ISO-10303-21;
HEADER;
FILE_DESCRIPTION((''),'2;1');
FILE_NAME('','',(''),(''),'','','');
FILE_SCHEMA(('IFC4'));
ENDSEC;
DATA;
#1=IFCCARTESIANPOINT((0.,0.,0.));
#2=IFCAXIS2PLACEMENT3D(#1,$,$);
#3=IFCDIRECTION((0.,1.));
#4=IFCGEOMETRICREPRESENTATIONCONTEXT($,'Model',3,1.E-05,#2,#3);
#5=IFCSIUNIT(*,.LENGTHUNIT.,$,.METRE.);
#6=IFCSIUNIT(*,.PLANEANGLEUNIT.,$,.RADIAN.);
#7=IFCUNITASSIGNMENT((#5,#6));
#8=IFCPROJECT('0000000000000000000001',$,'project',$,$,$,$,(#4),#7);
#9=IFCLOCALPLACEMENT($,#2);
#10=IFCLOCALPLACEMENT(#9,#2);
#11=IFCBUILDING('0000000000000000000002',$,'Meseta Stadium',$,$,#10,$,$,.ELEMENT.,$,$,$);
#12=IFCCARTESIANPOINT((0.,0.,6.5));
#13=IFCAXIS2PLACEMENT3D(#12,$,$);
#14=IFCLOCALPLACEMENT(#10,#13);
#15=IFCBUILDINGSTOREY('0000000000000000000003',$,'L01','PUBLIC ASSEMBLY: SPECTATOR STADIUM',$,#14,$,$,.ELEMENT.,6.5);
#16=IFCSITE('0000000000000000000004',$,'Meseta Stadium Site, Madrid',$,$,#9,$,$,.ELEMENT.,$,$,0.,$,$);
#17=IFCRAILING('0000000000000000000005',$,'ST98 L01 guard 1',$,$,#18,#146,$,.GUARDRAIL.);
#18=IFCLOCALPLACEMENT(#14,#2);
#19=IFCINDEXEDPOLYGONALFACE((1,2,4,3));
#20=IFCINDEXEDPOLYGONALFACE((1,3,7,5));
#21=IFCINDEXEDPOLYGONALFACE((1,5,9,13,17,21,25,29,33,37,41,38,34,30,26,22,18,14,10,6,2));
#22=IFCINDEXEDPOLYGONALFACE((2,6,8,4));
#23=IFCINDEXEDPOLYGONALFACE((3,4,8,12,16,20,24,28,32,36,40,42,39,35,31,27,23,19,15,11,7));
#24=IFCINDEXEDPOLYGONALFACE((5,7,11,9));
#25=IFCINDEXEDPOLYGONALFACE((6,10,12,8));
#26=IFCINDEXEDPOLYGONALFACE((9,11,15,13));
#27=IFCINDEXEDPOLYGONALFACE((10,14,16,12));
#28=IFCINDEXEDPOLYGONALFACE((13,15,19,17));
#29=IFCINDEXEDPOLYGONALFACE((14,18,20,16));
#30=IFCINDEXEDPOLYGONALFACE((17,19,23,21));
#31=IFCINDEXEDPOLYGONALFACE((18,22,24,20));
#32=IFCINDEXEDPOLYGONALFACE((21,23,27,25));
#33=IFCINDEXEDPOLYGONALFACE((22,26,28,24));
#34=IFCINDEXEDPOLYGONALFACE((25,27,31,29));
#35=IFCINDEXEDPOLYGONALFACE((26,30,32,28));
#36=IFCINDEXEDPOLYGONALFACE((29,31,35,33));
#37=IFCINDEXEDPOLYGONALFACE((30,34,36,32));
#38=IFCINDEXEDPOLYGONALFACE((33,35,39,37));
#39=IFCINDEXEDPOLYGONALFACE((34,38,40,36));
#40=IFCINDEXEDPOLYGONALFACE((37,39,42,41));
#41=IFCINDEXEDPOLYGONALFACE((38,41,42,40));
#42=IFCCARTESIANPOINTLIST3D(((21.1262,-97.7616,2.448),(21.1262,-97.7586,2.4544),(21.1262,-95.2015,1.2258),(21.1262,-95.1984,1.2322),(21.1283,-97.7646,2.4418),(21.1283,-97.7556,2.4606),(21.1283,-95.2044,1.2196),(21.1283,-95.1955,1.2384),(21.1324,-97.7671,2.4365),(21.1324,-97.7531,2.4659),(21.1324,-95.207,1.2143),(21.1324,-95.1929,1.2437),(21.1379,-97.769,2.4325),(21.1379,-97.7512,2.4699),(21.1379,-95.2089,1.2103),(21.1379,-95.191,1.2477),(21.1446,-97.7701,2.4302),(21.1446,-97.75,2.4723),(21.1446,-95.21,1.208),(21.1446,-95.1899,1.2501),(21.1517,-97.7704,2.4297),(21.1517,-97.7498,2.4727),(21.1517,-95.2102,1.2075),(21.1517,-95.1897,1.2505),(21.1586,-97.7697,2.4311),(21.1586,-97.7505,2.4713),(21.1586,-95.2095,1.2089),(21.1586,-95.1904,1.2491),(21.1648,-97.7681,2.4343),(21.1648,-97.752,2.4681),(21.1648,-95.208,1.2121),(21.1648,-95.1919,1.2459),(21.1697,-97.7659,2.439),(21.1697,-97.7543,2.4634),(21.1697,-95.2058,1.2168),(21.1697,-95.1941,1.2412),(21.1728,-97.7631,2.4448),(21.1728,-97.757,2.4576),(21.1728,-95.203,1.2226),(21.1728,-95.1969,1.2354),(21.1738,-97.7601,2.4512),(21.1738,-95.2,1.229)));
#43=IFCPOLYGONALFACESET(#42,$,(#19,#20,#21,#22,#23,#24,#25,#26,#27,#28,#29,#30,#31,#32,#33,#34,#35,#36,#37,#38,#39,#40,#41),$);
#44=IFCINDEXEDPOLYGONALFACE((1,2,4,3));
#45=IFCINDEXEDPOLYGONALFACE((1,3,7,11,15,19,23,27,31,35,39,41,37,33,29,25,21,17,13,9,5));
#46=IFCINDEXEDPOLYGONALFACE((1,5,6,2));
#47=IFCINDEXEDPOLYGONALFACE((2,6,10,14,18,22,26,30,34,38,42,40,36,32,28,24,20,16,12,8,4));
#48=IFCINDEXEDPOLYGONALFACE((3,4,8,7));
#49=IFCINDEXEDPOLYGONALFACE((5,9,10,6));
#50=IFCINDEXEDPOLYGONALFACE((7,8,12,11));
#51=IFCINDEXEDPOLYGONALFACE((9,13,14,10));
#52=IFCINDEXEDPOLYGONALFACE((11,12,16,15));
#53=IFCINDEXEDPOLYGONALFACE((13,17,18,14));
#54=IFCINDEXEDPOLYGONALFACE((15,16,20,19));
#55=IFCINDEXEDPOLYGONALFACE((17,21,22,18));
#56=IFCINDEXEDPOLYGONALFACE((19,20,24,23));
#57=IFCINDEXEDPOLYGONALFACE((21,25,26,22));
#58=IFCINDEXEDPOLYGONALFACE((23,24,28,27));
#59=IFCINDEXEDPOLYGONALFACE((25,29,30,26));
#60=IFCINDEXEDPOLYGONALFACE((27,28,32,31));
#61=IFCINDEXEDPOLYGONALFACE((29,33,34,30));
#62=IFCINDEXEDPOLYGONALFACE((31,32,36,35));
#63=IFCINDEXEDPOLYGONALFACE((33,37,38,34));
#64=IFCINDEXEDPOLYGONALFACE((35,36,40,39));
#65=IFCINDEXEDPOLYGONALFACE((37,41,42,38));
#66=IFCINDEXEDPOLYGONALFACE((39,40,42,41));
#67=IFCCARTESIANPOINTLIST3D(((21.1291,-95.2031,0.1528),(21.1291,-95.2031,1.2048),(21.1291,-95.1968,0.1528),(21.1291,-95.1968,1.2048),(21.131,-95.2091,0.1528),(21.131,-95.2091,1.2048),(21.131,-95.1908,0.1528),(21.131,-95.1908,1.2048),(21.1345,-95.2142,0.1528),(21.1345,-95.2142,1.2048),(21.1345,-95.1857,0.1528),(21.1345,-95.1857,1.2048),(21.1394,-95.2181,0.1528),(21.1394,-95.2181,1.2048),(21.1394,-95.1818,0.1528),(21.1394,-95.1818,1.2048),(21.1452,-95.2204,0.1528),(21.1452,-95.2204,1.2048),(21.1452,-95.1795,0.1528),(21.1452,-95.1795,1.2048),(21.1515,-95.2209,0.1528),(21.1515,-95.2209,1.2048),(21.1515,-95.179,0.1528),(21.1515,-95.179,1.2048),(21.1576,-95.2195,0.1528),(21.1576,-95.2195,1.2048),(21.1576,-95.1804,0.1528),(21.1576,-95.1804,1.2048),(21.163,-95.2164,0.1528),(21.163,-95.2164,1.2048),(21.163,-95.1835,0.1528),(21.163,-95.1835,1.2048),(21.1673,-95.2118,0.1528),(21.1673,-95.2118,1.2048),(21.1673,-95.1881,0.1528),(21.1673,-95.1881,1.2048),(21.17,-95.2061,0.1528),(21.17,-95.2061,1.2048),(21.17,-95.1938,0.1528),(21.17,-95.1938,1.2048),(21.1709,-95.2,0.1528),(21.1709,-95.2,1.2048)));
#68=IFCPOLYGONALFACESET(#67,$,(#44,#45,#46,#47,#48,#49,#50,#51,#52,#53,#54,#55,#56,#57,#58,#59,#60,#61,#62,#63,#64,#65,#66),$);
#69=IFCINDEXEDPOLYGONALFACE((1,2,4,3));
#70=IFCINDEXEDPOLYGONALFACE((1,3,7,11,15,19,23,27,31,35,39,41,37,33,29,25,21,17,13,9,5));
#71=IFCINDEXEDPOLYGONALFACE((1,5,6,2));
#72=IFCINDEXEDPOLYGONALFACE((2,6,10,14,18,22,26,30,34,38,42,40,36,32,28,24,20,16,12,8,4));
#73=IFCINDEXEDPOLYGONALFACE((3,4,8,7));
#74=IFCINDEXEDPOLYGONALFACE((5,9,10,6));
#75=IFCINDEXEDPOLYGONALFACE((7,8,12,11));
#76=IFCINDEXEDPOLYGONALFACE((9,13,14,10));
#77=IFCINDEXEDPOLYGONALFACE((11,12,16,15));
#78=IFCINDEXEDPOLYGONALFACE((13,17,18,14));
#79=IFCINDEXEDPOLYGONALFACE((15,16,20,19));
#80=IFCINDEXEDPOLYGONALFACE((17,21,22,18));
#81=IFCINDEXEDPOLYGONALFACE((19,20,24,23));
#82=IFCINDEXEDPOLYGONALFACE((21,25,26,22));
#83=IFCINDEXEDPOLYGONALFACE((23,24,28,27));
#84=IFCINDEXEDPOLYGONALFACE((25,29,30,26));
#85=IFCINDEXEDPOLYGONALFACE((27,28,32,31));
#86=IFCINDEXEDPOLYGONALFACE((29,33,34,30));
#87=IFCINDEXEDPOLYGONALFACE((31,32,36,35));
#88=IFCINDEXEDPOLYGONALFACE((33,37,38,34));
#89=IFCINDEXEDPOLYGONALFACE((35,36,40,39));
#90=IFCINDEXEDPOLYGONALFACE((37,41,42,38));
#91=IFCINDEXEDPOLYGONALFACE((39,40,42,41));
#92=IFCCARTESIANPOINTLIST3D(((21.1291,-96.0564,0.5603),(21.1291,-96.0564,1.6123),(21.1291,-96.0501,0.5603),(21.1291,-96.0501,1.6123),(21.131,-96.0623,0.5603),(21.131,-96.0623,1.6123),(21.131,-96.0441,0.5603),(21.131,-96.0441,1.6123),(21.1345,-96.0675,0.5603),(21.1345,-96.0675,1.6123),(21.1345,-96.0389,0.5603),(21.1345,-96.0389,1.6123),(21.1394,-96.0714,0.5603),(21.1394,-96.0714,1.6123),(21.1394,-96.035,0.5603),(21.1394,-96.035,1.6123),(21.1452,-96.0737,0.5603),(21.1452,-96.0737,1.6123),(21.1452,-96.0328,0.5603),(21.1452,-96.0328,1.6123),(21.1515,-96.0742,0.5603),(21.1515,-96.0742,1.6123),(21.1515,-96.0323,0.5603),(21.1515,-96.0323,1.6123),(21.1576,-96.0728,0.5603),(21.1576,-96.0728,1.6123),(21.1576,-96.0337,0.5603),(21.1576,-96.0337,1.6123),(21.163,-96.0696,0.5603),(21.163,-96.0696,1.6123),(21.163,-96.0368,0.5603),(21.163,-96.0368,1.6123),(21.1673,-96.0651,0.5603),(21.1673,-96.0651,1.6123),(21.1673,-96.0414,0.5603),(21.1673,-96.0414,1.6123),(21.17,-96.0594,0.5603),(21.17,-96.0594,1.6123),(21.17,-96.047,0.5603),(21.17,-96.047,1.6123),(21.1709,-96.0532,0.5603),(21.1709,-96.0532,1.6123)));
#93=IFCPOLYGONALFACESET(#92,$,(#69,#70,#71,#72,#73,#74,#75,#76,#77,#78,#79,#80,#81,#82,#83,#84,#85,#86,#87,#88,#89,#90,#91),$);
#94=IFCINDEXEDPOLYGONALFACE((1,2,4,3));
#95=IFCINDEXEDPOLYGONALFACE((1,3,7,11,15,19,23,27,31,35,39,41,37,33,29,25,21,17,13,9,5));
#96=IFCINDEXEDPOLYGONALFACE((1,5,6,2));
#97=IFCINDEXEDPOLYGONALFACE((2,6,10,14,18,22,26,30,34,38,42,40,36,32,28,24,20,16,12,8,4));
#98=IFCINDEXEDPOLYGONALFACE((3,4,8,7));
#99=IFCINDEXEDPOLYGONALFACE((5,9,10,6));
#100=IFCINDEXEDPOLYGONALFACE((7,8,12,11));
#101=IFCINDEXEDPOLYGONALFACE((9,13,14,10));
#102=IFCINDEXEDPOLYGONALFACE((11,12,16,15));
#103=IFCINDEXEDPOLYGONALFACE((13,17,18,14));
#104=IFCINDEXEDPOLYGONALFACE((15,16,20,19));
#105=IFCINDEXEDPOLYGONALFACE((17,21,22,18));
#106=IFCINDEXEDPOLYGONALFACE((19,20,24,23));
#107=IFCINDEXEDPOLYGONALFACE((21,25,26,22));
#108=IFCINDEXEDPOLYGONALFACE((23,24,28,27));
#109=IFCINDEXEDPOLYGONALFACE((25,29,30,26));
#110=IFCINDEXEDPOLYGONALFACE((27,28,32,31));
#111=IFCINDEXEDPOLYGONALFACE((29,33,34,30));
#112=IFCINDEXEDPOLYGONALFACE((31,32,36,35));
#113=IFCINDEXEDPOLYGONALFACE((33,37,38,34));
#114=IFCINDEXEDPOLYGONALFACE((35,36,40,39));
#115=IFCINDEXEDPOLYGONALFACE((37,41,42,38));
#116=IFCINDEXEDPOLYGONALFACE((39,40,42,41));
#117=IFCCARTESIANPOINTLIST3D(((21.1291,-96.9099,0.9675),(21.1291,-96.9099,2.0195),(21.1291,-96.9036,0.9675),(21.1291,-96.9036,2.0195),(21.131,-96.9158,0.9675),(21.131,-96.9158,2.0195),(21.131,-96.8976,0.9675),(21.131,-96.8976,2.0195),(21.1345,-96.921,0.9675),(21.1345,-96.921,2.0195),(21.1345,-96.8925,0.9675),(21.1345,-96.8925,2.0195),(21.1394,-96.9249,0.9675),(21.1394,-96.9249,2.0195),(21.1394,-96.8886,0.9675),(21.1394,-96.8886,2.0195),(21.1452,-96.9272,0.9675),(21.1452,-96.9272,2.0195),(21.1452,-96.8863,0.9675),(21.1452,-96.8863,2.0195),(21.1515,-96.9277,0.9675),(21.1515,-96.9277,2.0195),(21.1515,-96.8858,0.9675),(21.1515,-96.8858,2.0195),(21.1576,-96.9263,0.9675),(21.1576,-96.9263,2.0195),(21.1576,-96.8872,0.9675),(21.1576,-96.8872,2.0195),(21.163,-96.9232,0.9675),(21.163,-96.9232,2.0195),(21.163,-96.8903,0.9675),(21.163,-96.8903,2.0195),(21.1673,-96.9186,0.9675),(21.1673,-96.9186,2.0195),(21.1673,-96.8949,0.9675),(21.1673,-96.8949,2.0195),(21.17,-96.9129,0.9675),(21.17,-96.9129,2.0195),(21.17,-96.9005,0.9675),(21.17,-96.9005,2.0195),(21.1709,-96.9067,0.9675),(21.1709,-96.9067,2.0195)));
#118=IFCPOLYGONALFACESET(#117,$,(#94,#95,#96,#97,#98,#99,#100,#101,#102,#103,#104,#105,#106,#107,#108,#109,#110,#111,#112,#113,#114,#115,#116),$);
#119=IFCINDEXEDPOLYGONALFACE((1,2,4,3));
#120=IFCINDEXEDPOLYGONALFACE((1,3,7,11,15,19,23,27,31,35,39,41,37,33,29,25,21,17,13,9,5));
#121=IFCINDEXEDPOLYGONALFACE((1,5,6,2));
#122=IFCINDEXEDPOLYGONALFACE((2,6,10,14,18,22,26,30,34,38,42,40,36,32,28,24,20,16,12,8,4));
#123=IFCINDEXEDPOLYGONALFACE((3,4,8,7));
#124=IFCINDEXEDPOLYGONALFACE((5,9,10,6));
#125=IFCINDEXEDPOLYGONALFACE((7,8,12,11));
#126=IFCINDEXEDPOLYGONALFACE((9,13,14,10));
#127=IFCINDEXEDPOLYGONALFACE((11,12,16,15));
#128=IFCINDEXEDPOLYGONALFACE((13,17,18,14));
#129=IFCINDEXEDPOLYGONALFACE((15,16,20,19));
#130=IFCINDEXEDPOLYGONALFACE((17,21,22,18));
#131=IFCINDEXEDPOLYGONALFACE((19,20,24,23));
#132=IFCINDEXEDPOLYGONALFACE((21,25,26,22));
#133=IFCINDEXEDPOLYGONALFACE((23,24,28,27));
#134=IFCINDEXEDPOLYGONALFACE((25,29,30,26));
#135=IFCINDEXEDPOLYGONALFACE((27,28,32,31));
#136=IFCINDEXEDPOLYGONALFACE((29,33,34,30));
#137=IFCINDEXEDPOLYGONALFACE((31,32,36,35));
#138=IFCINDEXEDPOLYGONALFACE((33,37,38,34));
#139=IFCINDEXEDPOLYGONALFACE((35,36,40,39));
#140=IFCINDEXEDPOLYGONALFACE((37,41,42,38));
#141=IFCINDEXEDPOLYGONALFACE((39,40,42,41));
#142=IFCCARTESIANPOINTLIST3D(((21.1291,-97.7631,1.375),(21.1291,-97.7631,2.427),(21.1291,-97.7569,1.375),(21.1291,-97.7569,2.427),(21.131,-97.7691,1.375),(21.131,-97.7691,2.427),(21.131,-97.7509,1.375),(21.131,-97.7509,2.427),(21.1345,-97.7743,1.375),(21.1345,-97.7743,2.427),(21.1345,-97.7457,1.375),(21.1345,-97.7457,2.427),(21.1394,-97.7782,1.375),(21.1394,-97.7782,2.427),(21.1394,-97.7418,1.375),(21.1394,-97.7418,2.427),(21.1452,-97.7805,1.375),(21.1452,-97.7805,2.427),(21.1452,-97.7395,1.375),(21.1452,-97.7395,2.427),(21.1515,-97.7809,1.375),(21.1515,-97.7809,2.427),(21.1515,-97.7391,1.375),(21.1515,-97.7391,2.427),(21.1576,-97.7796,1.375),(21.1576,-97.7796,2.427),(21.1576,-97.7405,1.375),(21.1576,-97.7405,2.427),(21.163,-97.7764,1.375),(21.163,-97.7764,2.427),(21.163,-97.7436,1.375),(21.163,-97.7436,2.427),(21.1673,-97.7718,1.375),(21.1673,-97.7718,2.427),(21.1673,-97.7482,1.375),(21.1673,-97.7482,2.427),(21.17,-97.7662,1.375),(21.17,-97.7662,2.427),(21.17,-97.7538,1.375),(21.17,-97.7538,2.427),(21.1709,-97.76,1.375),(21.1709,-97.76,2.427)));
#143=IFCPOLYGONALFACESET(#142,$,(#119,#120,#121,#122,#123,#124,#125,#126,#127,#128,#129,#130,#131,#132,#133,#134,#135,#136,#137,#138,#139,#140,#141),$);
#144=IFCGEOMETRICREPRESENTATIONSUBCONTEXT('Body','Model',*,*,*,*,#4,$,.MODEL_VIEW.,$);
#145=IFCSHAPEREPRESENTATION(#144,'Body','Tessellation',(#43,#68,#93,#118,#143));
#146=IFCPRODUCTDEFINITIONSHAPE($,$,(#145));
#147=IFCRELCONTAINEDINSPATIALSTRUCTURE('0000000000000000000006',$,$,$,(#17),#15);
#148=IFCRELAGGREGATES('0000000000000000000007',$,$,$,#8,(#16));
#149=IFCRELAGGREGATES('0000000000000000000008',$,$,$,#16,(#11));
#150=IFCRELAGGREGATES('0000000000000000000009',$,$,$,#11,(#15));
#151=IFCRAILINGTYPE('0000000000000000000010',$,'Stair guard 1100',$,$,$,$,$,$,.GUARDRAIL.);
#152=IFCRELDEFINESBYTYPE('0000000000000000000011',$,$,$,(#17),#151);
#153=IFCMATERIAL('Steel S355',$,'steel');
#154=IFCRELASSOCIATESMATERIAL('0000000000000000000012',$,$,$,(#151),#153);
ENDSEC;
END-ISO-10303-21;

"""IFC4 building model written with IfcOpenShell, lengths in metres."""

from ifc_helpers import new_model, si_unit, direction, frame, origin, origin_2d, place, context, subcontext, project, spatial, circle, extrude, material, type_object, element, save


model = new_model("IFC4")

# Units and contexts
model_context = context("Model", 3, precision=1e-05, world=origin(), true_north=direction((0.0, 1.0)))
body_context = subcontext(model_context, "Body", "Model", "MODEL_VIEW")
ifc_project = project(units=[si_unit("LENGTHUNIT", "METRE"), si_unit("PLANEANGLEUNIT", "RADIAN")], contexts=[model_context])

# Site, building, storey
site_placement = place(None, origin())
site = spatial("IfcSite", under=ifc_project, at=site_placement, Name="Meseta Stadium Site, Madrid", CompositionType="ELEMENT", RefElevation=0.0)
building_placement = place(site_placement, origin())
building = spatial("IfcBuilding", under=site, at=building_placement, Name="Meseta Stadium", CompositionType="ELEMENT")
storey_placement = place(building_placement, frame((0.0, 0.0, 6.5)))
storey = spatial("IfcBuildingStorey", under=building, at=storey_placement, Name="L01", Description="PUBLIC ASSEMBLY: SPECTATOR STADIUM", CompositionType="ELEMENT", Elevation=6.5)

# Railing
ifc_material_1 = material(Name="Steel S355", Category="steel")
railing_type_1 = type_object("IfcRailingType", Name="Stair guard 1100", PredefinedType="GUARDRAIL", material=ifc_material_1)
for number, where, name in (
    (1, (21.1499, -95.2, 0.1528), "ST98 L01 guard 1"),
):
    element("IfcRailing", number, at=place(storey_placement, frame(where)), inside=storey, type_object=railing_type_1, Name=name, PredefinedType="GUARDRAIL", context=body_context, shape_type="SweptSolid", body=[
        extrude(circle(Radius=0.0239, at=origin_2d()), frame((0.0, 0.0, 1.0762), z_axis=(0.0, -0.902437, 0.430822), x_axis=(1.0, 0.0, 0.0)), (0.0, 0.0, 1.0), 2.8369),
        extrude(circle(Radius=0.021, at=origin_2d()), origin(), (0.0, 0.0, 1.0), 1.052),
        extrude(circle(Radius=0.021, at=origin_2d()), frame((0.0, -0.8533, 0.4075)), (0.0, 0.0, 1.0), 1.052),
        extrude(circle(Radius=0.021, at=origin_2d()), frame((0.0, -1.7068, 0.8147)), (0.0, 0.0, 1.0), 1.052),
        extrude(circle(Radius=0.021, at=origin_2d()), frame((0.0, -2.5601, 1.2222)), (0.0, 0.0, 1.0), 1.052),
    ])

save(model, "model.ifc")
